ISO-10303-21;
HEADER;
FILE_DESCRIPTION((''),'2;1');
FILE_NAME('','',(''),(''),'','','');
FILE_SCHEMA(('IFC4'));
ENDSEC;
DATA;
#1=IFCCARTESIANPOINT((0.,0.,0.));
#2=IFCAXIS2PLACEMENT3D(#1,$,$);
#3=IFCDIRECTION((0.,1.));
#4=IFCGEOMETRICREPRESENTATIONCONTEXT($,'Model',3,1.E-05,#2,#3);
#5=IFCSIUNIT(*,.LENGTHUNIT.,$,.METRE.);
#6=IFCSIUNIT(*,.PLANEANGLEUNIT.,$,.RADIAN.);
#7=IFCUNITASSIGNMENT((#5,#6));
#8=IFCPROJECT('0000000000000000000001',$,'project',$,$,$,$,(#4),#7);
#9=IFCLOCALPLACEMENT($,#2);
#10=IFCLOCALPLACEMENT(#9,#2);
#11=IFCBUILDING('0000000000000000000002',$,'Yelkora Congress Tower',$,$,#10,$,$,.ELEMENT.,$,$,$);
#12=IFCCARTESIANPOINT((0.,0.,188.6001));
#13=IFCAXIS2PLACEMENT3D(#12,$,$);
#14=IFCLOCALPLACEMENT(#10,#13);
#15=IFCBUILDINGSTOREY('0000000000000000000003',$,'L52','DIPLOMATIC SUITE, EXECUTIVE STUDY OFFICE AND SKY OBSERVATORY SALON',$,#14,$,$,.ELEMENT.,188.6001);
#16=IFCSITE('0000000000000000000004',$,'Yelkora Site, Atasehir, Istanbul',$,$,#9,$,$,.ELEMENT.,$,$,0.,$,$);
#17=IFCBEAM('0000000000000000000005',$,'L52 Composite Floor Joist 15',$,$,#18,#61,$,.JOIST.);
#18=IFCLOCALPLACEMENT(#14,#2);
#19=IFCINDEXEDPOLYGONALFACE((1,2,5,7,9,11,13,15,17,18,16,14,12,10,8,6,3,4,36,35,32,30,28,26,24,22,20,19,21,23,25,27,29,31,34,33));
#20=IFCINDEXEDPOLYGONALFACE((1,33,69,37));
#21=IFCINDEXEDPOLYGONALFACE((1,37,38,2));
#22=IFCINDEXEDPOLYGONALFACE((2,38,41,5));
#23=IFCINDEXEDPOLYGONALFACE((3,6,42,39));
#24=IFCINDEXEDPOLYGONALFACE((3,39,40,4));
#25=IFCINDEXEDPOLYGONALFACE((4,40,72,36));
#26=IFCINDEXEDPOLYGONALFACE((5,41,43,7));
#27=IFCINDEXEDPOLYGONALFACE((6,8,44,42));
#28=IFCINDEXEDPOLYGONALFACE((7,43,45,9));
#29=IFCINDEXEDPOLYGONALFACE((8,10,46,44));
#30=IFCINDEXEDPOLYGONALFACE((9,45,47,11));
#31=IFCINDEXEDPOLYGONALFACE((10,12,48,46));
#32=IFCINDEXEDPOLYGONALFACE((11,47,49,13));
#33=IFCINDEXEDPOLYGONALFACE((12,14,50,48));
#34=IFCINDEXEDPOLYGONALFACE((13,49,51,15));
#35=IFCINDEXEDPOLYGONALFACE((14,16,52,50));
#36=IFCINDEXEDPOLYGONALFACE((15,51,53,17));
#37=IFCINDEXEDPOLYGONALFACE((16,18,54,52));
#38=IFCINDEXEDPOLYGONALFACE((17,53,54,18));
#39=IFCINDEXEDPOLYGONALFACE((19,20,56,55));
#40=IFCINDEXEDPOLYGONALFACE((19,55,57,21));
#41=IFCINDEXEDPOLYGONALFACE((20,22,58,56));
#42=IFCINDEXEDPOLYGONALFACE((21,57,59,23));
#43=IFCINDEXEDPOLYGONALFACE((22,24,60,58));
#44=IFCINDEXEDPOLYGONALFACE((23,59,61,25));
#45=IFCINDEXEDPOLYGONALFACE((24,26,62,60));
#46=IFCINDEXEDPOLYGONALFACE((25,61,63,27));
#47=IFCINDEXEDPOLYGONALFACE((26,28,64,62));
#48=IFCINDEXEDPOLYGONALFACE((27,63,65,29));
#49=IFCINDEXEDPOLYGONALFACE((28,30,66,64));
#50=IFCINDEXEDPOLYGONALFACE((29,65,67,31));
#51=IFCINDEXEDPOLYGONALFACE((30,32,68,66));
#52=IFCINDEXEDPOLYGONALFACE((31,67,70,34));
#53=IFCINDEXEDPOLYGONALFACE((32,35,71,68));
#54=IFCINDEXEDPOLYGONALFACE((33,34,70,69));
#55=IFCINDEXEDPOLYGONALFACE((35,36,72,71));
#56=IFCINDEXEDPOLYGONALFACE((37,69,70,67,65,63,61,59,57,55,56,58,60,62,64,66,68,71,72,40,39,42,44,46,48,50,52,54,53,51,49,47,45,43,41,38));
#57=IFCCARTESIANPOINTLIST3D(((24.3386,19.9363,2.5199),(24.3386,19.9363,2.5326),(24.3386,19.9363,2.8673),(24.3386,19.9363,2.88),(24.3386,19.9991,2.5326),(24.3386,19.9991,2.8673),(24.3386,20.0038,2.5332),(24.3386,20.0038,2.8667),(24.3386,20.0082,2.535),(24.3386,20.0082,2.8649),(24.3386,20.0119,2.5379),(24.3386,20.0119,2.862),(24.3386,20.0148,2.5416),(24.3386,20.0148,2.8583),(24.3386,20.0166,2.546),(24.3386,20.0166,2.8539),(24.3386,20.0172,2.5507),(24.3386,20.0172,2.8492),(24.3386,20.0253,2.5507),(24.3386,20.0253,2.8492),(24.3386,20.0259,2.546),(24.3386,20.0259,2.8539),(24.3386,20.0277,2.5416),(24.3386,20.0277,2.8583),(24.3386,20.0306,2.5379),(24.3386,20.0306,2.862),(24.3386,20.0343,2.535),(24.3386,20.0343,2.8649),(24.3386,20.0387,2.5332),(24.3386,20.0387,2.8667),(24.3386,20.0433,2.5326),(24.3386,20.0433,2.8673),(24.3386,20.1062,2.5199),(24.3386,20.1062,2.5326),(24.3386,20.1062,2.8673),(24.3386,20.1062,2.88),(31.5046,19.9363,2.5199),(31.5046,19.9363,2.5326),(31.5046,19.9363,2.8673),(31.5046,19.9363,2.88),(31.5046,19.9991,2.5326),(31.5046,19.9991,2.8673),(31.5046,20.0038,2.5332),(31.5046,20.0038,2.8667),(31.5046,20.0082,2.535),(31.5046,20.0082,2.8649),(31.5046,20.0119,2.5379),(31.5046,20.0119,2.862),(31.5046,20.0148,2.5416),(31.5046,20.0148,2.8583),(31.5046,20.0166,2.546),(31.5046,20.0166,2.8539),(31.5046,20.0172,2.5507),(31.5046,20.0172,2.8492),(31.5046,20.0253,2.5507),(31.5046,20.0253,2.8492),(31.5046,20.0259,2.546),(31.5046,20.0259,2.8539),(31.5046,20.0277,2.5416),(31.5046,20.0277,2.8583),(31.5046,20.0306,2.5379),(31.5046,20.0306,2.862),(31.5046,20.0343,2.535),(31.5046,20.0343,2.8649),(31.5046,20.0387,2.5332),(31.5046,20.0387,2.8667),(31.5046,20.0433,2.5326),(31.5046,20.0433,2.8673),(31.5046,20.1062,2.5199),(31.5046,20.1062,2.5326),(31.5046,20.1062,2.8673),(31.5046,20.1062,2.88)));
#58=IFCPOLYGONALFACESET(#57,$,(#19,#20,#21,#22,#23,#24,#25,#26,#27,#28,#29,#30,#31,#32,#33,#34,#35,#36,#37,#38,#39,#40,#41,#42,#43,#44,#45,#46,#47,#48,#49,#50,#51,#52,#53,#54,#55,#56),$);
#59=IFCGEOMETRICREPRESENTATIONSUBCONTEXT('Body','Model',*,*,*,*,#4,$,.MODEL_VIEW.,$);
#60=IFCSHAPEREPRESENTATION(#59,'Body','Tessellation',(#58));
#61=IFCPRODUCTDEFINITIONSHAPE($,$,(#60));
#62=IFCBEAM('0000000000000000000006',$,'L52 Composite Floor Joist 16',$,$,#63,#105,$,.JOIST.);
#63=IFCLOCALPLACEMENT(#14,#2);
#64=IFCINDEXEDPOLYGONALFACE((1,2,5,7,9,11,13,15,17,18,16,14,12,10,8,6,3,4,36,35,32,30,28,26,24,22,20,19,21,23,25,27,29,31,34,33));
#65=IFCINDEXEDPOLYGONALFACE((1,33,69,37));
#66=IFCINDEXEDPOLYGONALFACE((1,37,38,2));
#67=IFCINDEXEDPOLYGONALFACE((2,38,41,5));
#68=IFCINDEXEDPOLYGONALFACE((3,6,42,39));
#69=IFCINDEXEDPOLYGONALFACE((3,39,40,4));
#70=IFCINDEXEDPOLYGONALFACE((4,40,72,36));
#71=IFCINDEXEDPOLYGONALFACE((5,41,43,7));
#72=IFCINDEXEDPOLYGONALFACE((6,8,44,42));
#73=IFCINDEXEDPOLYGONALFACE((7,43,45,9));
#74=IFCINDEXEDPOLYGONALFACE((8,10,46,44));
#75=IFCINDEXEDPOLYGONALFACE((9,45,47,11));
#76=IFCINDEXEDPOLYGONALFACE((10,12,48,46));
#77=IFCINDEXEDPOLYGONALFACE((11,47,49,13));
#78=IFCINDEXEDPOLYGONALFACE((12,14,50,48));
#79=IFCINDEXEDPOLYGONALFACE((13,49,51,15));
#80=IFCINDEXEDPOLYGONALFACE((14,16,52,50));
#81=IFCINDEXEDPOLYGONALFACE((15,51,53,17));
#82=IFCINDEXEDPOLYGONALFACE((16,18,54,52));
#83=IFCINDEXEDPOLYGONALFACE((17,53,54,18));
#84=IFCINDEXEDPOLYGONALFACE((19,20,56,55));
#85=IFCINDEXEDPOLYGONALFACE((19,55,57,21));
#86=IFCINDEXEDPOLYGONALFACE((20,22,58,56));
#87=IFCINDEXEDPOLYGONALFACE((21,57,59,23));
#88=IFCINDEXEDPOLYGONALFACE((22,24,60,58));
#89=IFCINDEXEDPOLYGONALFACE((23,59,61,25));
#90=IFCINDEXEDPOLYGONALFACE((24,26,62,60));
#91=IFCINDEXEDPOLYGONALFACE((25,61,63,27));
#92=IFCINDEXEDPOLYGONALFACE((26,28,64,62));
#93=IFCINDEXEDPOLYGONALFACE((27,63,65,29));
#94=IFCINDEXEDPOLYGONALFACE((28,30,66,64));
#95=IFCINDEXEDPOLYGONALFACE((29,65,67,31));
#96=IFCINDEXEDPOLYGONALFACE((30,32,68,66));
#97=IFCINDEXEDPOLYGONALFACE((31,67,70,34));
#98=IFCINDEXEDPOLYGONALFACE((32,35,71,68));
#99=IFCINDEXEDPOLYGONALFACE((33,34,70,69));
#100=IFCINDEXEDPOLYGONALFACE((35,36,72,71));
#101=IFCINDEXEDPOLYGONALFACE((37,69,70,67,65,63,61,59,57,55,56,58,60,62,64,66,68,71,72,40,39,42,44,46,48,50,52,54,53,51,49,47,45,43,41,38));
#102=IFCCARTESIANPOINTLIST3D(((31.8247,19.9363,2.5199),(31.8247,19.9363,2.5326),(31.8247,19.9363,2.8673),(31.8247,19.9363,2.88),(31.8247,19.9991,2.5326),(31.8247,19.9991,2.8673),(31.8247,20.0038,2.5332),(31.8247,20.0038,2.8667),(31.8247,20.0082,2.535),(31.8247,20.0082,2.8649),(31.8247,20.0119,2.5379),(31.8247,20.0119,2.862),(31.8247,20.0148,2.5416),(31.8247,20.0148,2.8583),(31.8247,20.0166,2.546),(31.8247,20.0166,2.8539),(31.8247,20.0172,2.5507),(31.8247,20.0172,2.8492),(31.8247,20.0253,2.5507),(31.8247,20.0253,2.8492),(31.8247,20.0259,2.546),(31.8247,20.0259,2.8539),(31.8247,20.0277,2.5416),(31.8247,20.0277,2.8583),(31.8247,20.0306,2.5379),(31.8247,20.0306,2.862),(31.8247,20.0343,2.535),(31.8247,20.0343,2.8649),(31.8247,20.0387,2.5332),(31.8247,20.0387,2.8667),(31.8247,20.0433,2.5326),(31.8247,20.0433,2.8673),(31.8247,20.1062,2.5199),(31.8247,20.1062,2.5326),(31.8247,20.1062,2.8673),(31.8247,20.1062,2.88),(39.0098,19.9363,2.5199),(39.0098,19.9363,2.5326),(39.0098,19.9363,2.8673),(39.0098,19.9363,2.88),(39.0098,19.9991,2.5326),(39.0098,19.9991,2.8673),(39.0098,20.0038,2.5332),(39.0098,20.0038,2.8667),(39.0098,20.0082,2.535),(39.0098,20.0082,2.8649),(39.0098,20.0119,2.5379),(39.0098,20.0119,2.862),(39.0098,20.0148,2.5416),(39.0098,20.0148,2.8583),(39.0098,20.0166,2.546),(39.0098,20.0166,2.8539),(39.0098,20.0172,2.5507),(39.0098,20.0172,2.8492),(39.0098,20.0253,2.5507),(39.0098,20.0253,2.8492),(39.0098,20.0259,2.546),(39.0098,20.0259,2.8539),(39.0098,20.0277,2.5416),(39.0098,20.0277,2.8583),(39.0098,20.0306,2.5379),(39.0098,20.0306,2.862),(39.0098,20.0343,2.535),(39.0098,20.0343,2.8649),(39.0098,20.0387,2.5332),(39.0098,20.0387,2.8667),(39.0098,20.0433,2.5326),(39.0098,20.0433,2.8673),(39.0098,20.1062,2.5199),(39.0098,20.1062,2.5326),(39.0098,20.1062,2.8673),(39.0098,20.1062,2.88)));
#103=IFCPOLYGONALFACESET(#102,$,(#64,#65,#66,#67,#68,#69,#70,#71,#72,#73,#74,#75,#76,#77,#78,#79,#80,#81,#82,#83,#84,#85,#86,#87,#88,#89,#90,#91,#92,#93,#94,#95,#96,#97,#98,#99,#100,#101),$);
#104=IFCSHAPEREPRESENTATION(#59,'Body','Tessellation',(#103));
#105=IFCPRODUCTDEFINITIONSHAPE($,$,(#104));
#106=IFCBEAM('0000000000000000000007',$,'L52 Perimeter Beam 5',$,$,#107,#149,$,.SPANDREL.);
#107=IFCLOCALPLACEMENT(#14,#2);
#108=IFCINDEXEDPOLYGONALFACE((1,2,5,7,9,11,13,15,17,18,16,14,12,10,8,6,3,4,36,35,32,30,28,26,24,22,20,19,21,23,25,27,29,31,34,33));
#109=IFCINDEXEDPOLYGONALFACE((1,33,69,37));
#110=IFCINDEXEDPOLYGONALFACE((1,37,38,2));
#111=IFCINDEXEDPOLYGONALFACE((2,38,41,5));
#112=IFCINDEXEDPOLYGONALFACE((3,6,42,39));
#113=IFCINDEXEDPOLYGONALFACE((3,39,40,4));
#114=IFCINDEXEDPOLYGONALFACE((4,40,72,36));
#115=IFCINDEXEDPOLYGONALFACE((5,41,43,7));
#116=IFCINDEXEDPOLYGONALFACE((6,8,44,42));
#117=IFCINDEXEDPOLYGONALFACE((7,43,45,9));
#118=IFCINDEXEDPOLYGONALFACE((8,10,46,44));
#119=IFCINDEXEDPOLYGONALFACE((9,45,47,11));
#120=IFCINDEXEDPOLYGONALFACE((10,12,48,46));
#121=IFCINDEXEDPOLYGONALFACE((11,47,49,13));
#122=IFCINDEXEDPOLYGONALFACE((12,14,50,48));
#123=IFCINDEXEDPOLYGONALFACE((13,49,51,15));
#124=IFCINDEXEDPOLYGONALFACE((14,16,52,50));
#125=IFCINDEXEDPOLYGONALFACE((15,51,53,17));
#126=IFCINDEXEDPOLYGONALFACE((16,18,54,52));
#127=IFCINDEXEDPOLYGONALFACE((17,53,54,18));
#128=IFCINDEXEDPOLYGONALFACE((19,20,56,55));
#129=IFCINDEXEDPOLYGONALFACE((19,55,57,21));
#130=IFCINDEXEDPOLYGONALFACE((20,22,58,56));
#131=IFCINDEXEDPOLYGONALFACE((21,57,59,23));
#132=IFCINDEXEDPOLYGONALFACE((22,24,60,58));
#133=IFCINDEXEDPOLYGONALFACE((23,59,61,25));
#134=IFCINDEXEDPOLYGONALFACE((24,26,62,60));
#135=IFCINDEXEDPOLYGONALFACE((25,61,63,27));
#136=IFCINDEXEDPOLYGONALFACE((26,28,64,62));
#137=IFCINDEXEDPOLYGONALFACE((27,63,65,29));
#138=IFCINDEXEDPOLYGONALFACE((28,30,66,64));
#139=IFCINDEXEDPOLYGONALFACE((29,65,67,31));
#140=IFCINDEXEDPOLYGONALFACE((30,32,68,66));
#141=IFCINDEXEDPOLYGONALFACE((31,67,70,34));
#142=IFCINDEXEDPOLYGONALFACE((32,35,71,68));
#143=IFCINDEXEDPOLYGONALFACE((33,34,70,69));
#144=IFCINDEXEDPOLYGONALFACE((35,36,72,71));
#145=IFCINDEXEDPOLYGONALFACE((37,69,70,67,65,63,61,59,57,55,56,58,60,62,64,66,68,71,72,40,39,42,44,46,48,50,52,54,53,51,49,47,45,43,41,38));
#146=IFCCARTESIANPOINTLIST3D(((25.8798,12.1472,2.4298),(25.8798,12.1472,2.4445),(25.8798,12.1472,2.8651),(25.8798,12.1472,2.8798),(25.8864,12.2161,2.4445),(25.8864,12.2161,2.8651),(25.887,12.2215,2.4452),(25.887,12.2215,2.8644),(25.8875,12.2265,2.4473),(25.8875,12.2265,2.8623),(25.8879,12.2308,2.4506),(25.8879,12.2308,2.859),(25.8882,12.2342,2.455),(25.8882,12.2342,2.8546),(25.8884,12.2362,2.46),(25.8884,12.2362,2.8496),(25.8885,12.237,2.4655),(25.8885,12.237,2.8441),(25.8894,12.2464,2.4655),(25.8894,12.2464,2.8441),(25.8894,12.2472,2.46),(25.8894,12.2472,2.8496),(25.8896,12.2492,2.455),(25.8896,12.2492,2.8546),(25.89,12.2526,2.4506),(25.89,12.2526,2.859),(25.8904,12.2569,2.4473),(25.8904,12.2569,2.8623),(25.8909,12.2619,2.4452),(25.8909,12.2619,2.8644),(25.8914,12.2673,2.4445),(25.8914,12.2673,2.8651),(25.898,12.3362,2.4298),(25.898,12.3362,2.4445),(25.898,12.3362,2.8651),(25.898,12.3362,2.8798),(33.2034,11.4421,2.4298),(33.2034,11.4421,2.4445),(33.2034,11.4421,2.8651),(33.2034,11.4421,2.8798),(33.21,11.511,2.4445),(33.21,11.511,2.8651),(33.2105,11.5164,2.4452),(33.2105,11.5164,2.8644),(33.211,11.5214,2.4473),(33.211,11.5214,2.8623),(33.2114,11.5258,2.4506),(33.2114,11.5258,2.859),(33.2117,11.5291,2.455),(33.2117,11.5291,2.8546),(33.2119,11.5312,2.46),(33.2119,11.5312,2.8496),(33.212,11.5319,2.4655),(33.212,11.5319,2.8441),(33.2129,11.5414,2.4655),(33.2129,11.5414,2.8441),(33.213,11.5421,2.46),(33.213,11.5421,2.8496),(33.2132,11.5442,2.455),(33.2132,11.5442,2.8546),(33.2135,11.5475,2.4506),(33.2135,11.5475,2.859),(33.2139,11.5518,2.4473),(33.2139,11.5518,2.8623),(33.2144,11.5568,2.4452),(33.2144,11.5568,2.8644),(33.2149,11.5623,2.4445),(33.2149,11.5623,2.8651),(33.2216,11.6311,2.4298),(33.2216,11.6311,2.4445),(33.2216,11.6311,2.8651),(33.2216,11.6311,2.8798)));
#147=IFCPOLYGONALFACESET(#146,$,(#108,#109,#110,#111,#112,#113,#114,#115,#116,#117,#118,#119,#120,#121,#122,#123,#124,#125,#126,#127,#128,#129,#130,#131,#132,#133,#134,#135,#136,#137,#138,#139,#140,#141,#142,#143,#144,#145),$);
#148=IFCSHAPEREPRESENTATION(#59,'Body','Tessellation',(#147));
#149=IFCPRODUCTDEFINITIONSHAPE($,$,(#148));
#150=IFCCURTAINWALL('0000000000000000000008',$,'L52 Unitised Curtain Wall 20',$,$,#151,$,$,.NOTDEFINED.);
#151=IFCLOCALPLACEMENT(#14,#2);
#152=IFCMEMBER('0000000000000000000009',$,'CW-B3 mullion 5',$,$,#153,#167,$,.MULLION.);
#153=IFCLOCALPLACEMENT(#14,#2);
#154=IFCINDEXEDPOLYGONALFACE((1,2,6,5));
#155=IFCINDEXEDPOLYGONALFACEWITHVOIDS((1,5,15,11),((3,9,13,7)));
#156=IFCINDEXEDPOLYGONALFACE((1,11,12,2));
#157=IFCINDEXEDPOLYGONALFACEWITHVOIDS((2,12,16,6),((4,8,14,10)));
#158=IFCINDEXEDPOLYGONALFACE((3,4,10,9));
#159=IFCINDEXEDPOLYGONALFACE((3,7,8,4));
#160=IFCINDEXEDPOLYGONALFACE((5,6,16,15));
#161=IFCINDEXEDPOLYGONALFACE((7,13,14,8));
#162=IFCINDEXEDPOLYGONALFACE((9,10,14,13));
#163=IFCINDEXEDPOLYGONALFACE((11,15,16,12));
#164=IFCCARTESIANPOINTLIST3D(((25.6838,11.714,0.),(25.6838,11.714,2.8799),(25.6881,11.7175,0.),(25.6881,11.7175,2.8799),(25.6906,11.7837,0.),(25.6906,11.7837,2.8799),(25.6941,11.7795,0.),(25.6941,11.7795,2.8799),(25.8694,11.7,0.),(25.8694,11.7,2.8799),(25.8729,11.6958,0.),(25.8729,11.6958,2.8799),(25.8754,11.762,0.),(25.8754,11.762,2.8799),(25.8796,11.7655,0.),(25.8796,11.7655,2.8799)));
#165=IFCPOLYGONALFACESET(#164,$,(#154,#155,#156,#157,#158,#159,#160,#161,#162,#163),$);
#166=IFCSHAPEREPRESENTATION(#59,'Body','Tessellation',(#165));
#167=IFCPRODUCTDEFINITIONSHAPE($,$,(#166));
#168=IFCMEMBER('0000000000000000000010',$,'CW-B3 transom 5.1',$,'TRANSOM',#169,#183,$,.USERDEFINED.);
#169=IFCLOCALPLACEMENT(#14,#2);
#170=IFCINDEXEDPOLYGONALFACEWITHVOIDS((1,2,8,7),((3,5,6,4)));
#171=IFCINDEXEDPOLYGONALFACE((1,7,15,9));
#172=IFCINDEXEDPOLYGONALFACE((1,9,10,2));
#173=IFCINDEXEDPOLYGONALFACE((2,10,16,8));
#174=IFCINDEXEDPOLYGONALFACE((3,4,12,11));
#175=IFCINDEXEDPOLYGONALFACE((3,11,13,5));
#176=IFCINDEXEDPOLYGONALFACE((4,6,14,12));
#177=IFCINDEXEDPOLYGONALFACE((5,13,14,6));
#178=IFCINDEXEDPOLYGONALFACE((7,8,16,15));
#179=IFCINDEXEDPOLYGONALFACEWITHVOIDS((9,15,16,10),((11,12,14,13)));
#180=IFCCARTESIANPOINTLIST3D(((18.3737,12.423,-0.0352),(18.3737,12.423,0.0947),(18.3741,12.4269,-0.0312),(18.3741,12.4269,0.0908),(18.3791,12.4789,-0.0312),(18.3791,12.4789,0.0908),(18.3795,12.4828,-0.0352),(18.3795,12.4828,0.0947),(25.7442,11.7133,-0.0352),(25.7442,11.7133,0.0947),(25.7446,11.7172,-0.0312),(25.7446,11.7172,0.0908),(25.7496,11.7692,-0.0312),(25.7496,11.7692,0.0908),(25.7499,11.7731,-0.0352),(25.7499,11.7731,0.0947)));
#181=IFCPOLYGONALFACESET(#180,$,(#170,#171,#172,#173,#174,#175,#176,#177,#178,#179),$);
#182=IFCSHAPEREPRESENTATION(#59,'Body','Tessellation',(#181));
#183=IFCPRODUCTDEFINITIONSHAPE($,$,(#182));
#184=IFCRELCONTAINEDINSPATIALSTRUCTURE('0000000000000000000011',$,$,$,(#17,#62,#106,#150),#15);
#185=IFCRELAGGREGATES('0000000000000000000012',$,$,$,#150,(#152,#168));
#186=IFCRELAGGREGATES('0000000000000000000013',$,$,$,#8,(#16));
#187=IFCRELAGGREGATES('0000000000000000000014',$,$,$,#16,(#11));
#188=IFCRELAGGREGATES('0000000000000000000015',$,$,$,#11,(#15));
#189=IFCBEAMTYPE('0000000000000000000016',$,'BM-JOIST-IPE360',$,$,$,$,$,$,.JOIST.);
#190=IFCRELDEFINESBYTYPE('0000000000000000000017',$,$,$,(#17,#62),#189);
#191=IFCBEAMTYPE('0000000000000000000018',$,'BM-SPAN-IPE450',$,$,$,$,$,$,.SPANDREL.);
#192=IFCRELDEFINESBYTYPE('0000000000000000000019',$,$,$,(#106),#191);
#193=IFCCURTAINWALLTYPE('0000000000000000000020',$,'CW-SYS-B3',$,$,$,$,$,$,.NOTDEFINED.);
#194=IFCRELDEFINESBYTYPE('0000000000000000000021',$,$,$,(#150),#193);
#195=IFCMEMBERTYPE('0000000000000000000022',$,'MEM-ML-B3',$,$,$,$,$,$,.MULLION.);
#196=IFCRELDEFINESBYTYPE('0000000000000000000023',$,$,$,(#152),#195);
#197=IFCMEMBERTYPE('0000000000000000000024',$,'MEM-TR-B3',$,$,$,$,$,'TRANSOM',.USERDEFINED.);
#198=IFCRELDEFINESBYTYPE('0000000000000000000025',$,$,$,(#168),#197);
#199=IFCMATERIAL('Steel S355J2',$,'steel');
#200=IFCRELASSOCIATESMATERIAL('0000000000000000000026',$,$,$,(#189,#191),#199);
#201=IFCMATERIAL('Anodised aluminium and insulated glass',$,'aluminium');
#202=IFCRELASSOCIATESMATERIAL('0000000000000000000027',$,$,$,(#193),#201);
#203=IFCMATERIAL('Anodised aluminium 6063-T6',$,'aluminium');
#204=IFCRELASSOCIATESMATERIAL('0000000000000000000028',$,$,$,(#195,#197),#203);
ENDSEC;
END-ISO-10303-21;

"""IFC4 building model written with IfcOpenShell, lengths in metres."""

from ifc_helpers import new_model, si_unit, direction, frame, origin, origin_2d, place, context, subcontext, project, spatial, hollow_rectangle, i_section, extrude, material, material_profile, profile_set, type_object, element, aggregate, save


model = new_model("IFC4")

# Units and contexts
model_context = context("Model", 3, precision=1e-05, world=origin(), true_north=direction((0.0, 1.0)))
body_context = subcontext(model_context, "Body", "Model", "MODEL_VIEW")
ifc_project = project(units=[si_unit("LENGTHUNIT", "METRE"), si_unit("PLANEANGLEUNIT", "RADIAN")], contexts=[model_context])

# Site, building, storey
site_placement = place(None, origin())
site = spatial("IfcSite", under=ifc_project, at=site_placement, Name="Yelkora Site, Atasehir, Istanbul", CompositionType="ELEMENT", RefElevation=0.0)
building_placement = place(site_placement, origin())
building = spatial("IfcBuilding", under=site, at=building_placement, Name="Yelkora Congress Tower", CompositionType="ELEMENT")
storey_placement = place(building_placement, frame((0.0, 0.0, 188.6001)))
storey = spatial("IfcBuildingStorey", under=building, at=storey_placement, Name="L52", Description="DIPLOMATIC SUITE, EXECUTIVE STUDY OFFICE AND SKY OBSERVATORY SALON", CompositionType="ELEMENT", Elevation=188.6001)

# Beams
ifc_material_1 = material(Name="Steel S355J2", Category="steel")
ifc_material_profile_1 = material_profile(ifc_material_1, i_section(OverallWidth=0.1699, OverallDepth=0.3601, WebThickness=0.0081, FlangeThickness=0.0127, FilletRadius=0.0181, at=origin_2d()), Name="IPE 360")
ifc_profile_set_1 = profile_set([ifc_material_profile_1], Name="Steel S355J2")
beam_type_1 = type_object("IfcBeamType", Name="BM-JOIST-IPE360", PredefinedType="JOIST", material=ifc_profile_set_1)
beam_1_placement = place(storey_placement, frame((24.3386, 20.0212, 2.7), z_axis=(1.0, 0.0, 0.0), x_axis=(0.0, 1.0, 0.0)))
element("IfcBeam", 1, at=beam_1_placement, inside=storey, type_object=beam_type_1, Name="L52 Composite Floor Joist 15", PredefinedType="JOIST", context=body_context, shape_type="SweptSolid", body=[
    extrude(i_section(OverallWidth=0.1699, OverallDepth=0.3601, WebThickness=0.0081, FlangeThickness=0.0127, FilletRadius=0.0181, at=origin_2d()), origin(), (0.0, 0.0, 1.0), 7.166),
])
beam_2_placement = place(storey_placement, frame((31.8247, 20.0212, 2.7), z_axis=(1.0, 0.0, 0.0), x_axis=(0.0, 1.0, 0.0)))
element("IfcBeam", 2, at=beam_2_placement, inside=storey, type_object=beam_type_1, Name="L52 Composite Floor Joist 16", PredefinedType="JOIST", context=body_context, shape_type="SweptSolid", body=[
    extrude(i_section(OverallWidth=0.1699, OverallDepth=0.3601, WebThickness=0.0081, FlangeThickness=0.0127, FilletRadius=0.0181, at=origin_2d()), origin(), (0.0, 0.0, 1.0), 7.1851),
])
ifc_material_profile_2 = material_profile(ifc_material_1, i_section(OverallWidth=0.1899, OverallDepth=0.45, WebThickness=0.0095, FlangeThickness=0.0146, FilletRadius=0.021, at=origin_2d()), Name="IPE 450")
ifc_profile_set_2 = profile_set([ifc_material_profile_2], Name="Steel S355J2")
beam_type_2 = type_object("IfcBeamType", Name="BM-SPAN-IPE450", PredefinedType="SPANDREL", material=ifc_profile_set_2)
beam_3_placement = place(storey_placement, frame((25.8889, 12.2417, 2.6548), z_axis=(0.995397, -0.095833, 0.0), x_axis=(0.095833, 0.995397, 0.0)))
element("IfcBeam", 3, at=beam_3_placement, inside=storey, type_object=beam_type_2, Name="L52 Perimeter Beam 5", PredefinedType="SPANDREL", context=body_context, shape_type="SweptSolid", body=[
    extrude(i_section(OverallWidth=0.1899, OverallDepth=0.45, WebThickness=0.0095, FlangeThickness=0.0146, FilletRadius=0.021, at=origin_2d()), origin(), (0.0, 0.0, 1.0), 7.3574),
])

# Curtain wall, members
ifc_material_2 = material(Name="Anodised aluminium and insulated glass", Category="aluminium")
curtain_wall_type = type_object("IfcCurtainWallType", Name="CW-SYS-B3", PredefinedType="NOTDEFINED", material=ifc_material_2)
curtain_wall_placement = place(storey_placement, origin())
curtain_wall = element("IfcCurtainWall", 4, at=curtain_wall_placement, inside=storey, type_object=curtain_wall_type, Name="L52 Unitised Curtain Wall 20", PredefinedType="NOTDEFINED")
ifc_material_3 = material(Name="Anodised aluminium 6063-T6", Category="aluminium")
ifc_material_profile_3 = material_profile(ifc_material_3, hollow_rectangle(XDim=0.0701, YDim=0.1899, WallThickness=0.0039, at=origin_2d()), Name="ALU 70x190x4")
ifc_profile_set_3 = profile_set([ifc_material_profile_3], Name="Anodised aluminium 6063-T6")
member_type_1 = type_object("IfcMemberType", Name="MEM-ML-B3", PredefinedType="MULLION", material=ifc_profile_set_3)
member_1_placement = place(storey_placement, frame((25.7817, 11.7397, 0.0), z_axis=(0.0, 0.0, 1.0), x_axis=(-0.095845, -0.995396, 0.0)))
member_1 = element("IfcMember", 5, at=member_1_placement, type_object=member_type_1, Name="CW-B3 mullion 5", PredefinedType="MULLION", context=body_context, shape_type="SweptSolid", body=[
    extrude(hollow_rectangle(XDim=0.0701, YDim=0.1899, WallThickness=0.0039, at=origin_2d()), origin(), (0.0, 0.0, 1.0), 2.8799),
])
ifc_material_profile_4 = material_profile(ifc_material_3, hollow_rectangle(XDim=0.0601, YDim=0.1299, WallThickness=0.0039, at=origin_2d()), Name="ALU 60x130x4")
ifc_profile_set_4 = profile_set([ifc_material_profile_4], Name="Anodised aluminium 6063-T6")
member_type_2 = type_object("IfcMemberType", Name="MEM-TR-B3", ElementType="TRANSOM", PredefinedType="USERDEFINED", material=ifc_profile_set_4)
member_2_placement = place(storey_placement, frame((25.7471, 11.7432, 0.0298), z_axis=(-0.995396, 0.09585, 0.0), x_axis=(-0.09585, -0.995396, 0.0)))
member_2 = element("IfcMember", 6, at=member_2_placement, type_object=member_type_2, Name="CW-B3 transom 5.1", ObjectType="TRANSOM", PredefinedType="USERDEFINED", context=body_context, shape_type="SweptSolid", body=[
    extrude(hollow_rectangle(XDim=0.0601, YDim=0.1299, WallThickness=0.0039, at=origin_2d()), origin(), (0.0, 0.0, 1.0), 7.4045),
])
aggregate(curtain_wall, [member_1, member_2])

save(model, "model.ifc")
